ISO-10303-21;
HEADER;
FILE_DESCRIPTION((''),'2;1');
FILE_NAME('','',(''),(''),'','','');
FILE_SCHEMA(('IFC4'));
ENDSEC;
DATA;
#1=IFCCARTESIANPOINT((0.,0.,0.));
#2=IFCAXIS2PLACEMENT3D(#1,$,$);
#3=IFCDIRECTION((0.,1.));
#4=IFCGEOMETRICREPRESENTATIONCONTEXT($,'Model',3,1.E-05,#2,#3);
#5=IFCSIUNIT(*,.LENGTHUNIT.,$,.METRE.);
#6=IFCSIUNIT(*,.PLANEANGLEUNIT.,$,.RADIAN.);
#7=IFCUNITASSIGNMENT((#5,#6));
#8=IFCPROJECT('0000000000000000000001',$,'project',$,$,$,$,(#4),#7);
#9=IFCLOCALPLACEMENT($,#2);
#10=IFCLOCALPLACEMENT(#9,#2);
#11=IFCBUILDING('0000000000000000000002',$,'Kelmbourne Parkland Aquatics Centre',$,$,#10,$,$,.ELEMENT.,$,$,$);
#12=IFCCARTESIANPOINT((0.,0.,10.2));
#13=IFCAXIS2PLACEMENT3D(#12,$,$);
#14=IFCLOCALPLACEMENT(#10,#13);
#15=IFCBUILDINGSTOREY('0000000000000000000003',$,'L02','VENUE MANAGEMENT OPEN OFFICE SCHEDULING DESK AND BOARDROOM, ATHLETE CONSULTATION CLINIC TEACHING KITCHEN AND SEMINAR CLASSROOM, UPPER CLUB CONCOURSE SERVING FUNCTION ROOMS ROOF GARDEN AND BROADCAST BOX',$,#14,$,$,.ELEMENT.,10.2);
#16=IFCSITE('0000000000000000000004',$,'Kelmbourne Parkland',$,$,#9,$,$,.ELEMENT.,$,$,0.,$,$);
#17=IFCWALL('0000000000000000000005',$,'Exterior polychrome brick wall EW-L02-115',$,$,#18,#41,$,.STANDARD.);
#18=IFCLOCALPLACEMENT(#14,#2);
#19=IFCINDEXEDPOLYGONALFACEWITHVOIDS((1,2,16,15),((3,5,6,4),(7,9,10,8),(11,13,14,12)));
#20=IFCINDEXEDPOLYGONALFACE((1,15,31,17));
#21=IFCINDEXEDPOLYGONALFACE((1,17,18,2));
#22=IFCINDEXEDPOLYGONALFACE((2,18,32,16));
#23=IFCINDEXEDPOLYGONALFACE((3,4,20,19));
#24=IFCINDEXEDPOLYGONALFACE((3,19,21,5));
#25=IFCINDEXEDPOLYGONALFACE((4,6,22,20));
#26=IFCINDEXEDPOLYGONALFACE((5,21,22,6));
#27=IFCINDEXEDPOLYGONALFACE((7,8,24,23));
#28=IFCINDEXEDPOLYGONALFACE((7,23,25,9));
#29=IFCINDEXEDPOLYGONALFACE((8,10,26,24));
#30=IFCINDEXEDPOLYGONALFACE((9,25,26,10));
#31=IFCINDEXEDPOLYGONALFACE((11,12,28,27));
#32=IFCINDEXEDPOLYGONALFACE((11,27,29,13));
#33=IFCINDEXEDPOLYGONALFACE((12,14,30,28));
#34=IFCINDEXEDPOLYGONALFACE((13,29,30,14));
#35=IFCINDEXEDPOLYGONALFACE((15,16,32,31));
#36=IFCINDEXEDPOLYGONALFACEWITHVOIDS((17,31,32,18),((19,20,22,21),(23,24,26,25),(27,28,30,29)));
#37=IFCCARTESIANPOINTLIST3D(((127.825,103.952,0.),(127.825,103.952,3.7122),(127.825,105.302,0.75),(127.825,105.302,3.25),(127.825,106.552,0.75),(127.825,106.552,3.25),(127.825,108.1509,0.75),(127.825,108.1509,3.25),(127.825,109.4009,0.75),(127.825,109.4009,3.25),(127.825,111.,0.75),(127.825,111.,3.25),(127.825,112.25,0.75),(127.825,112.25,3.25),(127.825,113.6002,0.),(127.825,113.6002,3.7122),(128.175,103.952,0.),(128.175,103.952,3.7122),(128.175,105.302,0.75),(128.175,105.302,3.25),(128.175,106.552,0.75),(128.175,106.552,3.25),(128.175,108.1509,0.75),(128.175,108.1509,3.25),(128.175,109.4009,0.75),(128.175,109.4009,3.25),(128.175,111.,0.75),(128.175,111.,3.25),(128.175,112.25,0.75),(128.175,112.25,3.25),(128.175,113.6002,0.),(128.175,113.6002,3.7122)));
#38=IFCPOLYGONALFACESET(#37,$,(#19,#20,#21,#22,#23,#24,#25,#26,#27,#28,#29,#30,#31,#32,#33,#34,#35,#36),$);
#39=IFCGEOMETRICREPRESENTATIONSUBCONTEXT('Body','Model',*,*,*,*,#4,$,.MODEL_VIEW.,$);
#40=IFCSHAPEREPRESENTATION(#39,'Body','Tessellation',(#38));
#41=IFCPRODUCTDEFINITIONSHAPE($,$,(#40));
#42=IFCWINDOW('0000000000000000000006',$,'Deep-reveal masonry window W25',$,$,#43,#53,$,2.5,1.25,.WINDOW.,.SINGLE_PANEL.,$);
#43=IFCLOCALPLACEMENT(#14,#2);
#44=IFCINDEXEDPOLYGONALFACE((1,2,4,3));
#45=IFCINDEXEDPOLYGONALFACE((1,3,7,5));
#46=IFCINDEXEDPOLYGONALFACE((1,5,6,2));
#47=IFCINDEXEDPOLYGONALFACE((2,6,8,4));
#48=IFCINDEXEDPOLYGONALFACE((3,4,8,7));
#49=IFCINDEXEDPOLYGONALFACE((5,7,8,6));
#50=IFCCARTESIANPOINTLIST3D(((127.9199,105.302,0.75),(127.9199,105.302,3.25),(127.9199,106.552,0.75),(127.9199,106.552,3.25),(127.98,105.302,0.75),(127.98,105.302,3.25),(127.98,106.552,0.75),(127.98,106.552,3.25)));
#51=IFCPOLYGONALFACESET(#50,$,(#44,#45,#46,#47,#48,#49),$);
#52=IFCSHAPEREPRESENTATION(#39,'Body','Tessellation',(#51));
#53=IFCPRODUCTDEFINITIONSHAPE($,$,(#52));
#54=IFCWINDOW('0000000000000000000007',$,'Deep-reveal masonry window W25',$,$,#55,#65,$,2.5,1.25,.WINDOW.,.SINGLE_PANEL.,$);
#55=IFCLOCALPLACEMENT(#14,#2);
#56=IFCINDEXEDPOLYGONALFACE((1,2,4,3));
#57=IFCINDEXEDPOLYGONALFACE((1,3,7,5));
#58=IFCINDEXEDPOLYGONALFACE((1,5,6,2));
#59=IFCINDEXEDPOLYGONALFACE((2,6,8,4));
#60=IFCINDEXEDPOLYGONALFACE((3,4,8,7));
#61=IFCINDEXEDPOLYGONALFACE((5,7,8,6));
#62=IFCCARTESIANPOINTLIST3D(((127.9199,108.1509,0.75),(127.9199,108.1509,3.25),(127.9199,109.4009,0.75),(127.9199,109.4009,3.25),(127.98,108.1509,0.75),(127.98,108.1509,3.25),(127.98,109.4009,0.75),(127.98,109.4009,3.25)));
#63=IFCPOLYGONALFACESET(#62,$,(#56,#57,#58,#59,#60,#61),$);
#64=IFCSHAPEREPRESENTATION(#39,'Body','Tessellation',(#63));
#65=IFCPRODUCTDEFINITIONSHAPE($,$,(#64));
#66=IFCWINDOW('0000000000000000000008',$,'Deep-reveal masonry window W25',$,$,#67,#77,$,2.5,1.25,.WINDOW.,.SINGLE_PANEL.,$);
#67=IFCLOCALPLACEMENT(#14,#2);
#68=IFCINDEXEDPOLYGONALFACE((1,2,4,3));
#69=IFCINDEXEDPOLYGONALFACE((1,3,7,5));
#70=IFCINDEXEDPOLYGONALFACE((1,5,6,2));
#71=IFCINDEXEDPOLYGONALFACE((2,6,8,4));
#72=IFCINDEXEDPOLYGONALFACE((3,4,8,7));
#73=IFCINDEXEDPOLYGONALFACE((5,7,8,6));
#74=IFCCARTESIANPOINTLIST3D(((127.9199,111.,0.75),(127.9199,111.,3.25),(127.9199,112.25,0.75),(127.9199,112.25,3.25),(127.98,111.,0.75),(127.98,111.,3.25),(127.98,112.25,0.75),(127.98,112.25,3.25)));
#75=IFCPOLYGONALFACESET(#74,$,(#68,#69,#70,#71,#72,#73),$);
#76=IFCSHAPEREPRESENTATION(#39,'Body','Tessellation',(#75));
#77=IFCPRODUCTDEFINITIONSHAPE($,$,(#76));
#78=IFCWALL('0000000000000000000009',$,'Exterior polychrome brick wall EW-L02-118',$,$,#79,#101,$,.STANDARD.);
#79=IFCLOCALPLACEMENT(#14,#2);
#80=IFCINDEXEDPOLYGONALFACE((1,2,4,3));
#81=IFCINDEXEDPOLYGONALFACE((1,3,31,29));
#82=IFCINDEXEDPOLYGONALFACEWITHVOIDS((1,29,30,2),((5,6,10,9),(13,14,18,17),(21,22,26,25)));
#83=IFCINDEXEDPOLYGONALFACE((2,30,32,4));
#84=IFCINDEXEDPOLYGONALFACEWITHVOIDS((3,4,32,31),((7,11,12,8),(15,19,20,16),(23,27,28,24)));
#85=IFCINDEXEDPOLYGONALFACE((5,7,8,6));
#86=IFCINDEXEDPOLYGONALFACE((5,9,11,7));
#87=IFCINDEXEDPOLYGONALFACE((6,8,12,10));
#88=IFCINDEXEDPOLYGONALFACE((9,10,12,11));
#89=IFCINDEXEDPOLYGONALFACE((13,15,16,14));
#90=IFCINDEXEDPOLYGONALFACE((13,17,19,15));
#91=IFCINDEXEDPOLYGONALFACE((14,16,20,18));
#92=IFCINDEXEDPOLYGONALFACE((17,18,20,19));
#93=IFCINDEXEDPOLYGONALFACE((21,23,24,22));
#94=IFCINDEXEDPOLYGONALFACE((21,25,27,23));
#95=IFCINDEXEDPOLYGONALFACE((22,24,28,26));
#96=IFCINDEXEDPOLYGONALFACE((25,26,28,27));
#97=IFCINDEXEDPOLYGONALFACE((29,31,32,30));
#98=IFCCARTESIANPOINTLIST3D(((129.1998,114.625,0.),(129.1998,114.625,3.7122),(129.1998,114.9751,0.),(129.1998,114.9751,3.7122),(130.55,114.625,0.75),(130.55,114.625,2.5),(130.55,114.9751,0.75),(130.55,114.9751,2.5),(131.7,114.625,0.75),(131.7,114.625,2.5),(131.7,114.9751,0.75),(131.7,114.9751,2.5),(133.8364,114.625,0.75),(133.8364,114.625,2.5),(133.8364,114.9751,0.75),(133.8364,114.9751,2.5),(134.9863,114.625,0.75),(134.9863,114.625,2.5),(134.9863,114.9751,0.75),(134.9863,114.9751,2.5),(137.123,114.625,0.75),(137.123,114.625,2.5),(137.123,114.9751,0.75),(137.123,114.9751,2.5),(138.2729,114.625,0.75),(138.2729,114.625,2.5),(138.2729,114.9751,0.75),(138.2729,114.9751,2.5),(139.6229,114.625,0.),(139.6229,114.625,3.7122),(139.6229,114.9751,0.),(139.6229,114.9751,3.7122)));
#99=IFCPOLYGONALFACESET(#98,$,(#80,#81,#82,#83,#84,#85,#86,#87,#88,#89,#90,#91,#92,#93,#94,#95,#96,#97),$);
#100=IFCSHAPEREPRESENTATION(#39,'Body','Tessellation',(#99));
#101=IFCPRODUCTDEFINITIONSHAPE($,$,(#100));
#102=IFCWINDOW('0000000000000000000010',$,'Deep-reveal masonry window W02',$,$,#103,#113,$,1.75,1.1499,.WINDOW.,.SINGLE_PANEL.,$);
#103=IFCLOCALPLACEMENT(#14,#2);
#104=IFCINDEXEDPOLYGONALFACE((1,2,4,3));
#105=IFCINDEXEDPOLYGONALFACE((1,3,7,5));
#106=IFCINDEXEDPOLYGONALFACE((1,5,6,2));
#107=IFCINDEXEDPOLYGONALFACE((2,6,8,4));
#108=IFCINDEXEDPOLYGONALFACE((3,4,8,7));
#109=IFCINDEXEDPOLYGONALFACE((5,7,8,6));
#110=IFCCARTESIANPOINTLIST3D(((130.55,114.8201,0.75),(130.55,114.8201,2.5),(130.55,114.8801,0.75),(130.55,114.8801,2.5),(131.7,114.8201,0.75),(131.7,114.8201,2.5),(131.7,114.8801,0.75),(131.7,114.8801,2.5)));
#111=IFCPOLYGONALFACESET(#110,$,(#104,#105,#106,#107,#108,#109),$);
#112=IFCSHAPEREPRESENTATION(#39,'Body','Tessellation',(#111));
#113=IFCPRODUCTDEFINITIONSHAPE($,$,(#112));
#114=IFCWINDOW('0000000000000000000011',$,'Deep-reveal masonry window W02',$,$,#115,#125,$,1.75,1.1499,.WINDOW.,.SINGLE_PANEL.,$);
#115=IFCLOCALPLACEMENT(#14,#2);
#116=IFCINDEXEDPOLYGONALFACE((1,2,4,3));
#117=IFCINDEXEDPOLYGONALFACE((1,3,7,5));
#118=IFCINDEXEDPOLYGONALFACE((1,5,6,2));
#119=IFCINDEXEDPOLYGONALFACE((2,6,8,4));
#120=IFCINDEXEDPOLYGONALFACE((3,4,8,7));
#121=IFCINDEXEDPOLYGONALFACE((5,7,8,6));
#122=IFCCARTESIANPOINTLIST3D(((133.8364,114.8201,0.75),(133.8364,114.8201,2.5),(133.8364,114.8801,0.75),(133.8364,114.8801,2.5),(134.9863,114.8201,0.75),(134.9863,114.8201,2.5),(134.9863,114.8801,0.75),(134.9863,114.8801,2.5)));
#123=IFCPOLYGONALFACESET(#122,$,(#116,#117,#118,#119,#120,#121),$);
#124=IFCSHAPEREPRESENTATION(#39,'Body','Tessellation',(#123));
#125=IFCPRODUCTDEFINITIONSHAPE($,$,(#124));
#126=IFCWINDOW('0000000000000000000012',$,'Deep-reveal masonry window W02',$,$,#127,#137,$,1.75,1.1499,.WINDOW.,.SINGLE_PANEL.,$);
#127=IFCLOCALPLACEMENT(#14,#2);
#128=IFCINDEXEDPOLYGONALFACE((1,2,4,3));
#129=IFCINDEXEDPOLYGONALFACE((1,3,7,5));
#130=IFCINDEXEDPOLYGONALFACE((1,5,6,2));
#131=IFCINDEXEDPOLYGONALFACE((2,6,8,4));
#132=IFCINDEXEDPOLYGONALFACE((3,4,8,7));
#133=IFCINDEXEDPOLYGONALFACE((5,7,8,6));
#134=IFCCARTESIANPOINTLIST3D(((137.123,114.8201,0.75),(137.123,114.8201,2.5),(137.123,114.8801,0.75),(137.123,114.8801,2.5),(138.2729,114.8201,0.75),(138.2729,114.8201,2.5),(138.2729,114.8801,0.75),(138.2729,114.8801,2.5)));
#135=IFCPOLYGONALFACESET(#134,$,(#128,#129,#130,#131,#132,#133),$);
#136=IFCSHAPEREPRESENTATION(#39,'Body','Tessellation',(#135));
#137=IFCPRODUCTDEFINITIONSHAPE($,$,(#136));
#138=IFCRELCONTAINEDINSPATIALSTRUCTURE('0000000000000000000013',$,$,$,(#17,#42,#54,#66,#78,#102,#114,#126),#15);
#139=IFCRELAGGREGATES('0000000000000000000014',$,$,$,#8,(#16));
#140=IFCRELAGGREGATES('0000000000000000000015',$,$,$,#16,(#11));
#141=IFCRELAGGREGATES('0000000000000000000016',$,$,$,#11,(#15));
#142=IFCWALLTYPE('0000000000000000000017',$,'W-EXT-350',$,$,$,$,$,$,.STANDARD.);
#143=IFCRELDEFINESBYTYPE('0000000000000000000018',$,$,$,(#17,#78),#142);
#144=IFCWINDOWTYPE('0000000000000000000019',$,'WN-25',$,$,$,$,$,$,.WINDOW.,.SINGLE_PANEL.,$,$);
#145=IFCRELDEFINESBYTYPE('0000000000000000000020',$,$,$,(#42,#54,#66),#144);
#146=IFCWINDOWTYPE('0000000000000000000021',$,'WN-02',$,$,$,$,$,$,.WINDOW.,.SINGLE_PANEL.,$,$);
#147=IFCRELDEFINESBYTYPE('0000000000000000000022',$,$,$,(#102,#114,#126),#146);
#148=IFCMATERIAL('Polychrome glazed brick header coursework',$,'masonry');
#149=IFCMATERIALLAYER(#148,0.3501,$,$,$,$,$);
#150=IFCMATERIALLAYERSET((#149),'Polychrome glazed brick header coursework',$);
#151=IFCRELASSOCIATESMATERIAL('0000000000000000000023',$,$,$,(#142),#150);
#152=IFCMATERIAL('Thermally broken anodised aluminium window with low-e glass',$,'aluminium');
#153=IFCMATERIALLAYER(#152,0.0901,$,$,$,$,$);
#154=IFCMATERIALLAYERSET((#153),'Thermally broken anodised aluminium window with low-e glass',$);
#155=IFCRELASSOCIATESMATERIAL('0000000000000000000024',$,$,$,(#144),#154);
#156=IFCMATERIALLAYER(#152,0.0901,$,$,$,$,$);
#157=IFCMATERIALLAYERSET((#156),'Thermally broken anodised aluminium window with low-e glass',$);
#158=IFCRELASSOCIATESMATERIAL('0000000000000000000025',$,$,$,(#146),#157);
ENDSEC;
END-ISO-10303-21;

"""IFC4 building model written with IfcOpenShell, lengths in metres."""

from ifc_helpers import new_model, si_unit, direction, frame, frame_2d, origin, place, context, subcontext, project, spatial, rectangle, extrude, material, layer, layer_set, type_object, element, fill, save


model = new_model("IFC4")

# Units and contexts
model_context = context("Model", 3, precision=1e-05, world=origin(), true_north=direction((0.0, 1.0)))
body_context = subcontext(model_context, "Body", "Model", "MODEL_VIEW")
ifc_project = project(units=[si_unit("LENGTHUNIT", "METRE"), si_unit("PLANEANGLEUNIT", "RADIAN")], contexts=[model_context])

# Site, building, storey
site_placement = place(None, origin())
site = spatial("IfcSite", under=ifc_project, at=site_placement, Name="Kelmbourne Parkland", CompositionType="ELEMENT", RefElevation=0.0)
building_placement = place(site_placement, origin())
building = spatial("IfcBuilding", under=site, at=building_placement, Name="Kelmbourne Parkland Aquatics Centre", CompositionType="ELEMENT")
storey_placement = place(building_placement, frame((0.0, 0.0, 10.2)))
storey = spatial("IfcBuildingStorey", under=building, at=storey_placement, Name="L02", Description="VENUE MANAGEMENT OPEN OFFICE SCHEDULING DESK AND BOARDROOM, ATHLETE CONSULTATION CLINIC TEACHING KITCHEN AND SEMINAR CLASSROOM, UPPER CLUB CONCOURSE SERVING FUNCTION ROOMS ROOF GARDEN AND BROADCAST BOX", CompositionType="ELEMENT", Elevation=10.2)

# Walls, openings, windows
ifc_material_1 = material(Name="Polychrome glazed brick header coursework", Category="masonry")
ifc_layer_1 = layer(ifc_material_1, 0.3501)
ifc_layer_set_1 = layer_set([ifc_layer_1], Name="Polychrome glazed brick header coursework")
wall_type_1 = type_object("IfcWallType", Name="W-EXT-350", PredefinedType="STANDARD", material=ifc_layer_set_1)
wall_1_placement = place(storey_placement, frame((128.0, 103.9519, 0.0), z_axis=(0.0, 0.0, 1.0), x_axis=(0.0, 1.0, 0.0)))
wall_1 = element("IfcWall", 1, at=wall_1_placement, inside=storey, type_object=wall_type_1, Name="Exterior polychrome brick wall EW-L02-115", PredefinedType="STANDARD", context=body_context, shape_type="SweptSolid", body=[
    extrude(rectangle(XDim=9.6482, YDim=0.3501, at=frame_2d((4.8242, 0.0))), origin(), (0.0, 0.0, 1.0), 3.7122),
])
opening_1_placement = place(wall_1_placement, frame((1.3501, 0.0, 0.75)))
opening_1 = element("IfcOpeningElement", 2, at=opening_1_placement, cuts=wall_1, PredefinedType="OPENING", context=body_context, shape_type="SweptSolid", body=[
    extrude(rectangle(XDim=1.25, YDim=2.5, at=frame_2d((0.625, 1.25))), frame((0.0, 0.187, 0.0), z_axis=(0.0, -1.0, 0.0), x_axis=(1.0, 0.0, 0.0)), (0.0, 0.0, 1.0), 0.374),
])
opening_2_placement = place(wall_1_placement, frame((4.199, 0.0, 0.75)))
opening_2 = element("IfcOpeningElement", 3, at=opening_2_placement, cuts=wall_1, PredefinedType="OPENING", context=body_context, shape_type="SweptSolid", body=[
    extrude(rectangle(XDim=1.25, YDim=2.5, at=frame_2d((0.625, 1.25))), frame((0.0, 0.187, 0.0), z_axis=(0.0, -1.0, 0.0), x_axis=(1.0, 0.0, 0.0)), (0.0, 0.0, 1.0), 0.374),
])
opening_3_placement = place(wall_1_placement, frame((7.0481, 0.0, 0.75)))
opening_3 = element("IfcOpeningElement", 4, at=opening_3_placement, cuts=wall_1, PredefinedType="OPENING", context=body_context, shape_type="SweptSolid", body=[
    extrude(rectangle(XDim=1.25, YDim=2.5, at=frame_2d((0.625, 1.25))), frame((0.0, 0.187, 0.0), z_axis=(0.0, -1.0, 0.0), x_axis=(1.0, 0.0, 0.0)), (0.0, 0.0, 1.0), 0.374),
])
ifc_material_2 = material(Name="Thermally broken anodised aluminium window with low-e glass", Category="aluminium")
ifc_layer_2 = layer(ifc_material_2, 0.0901)
ifc_layer_set_2 = layer_set([ifc_layer_2], Name="Thermally broken anodised aluminium window with low-e glass")
window_type_1 = type_object("IfcWindowType", Name="WN-25", PartitioningType="SINGLE_PANEL", PredefinedType="WINDOW", material=ifc_layer_set_2)
window_1_placement = place(opening_1_placement, origin())
window_1 = element("IfcWindow", 5, at=window_1_placement, inside=storey, type_object=window_type_1, Name="Deep-reveal masonry window W25", OverallHeight=2.5, OverallWidth=1.25, PartitioningType="SINGLE_PANEL", PredefinedType="WINDOW", context=body_context, shape_type="SweptSolid", body=[
    extrude(rectangle(XDim=1.25, YDim=2.5, at=frame_2d((0.625, 1.25))), frame((0.0, 0.0801, 0.0), z_axis=(0.0, -1.0, 0.0), x_axis=(1.0, 0.0, 0.0)), (0.0, 0.0, 1.0), 0.0601),
])
fill(opening_1, window_1)
window_2_placement = place(opening_2_placement, origin())
window_2 = element("IfcWindow", 6, at=window_2_placement, inside=storey, type_object=window_type_1, Name="Deep-reveal masonry window W25", OverallHeight=2.5, OverallWidth=1.25, PartitioningType="SINGLE_PANEL", PredefinedType="WINDOW", context=body_context, shape_type="SweptSolid", body=[
    extrude(rectangle(XDim=1.25, YDim=2.5, at=frame_2d((0.625, 1.25))), frame((0.0, 0.0801, 0.0), z_axis=(0.0, -1.0, 0.0), x_axis=(1.0, 0.0, 0.0)), (0.0, 0.0, 1.0), 0.0601),
])
fill(opening_2, window_2)
window_3_placement = place(opening_3_placement, origin())
window_3 = element("IfcWindow", 7, at=window_3_placement, inside=storey, type_object=window_type_1, Name="Deep-reveal masonry window W25", OverallHeight=2.5, OverallWidth=1.25, PartitioningType="SINGLE_PANEL", PredefinedType="WINDOW", context=body_context, shape_type="SweptSolid", body=[
    extrude(rectangle(XDim=1.25, YDim=2.5, at=frame_2d((0.625, 1.25))), frame((0.0, 0.0801, 0.0), z_axis=(0.0, -1.0, 0.0), x_axis=(1.0, 0.0, 0.0)), (0.0, 0.0, 1.0), 0.0601),
])
fill(opening_3, window_3)
wall_2_placement = place(storey_placement, frame((129.2, 114.8, 0.0), z_axis=(0.0, 0.0, 1.0), x_axis=(1.0, 0.0, 0.0)))
wall_2 = element("IfcWall", 8, at=wall_2_placement, inside=storey, type_object=wall_type_1, Name="Exterior polychrome brick wall EW-L02-118", PredefinedType="STANDARD", context=body_context, shape_type="SweptSolid", body=[
    extrude(rectangle(XDim=10.4231, YDim=0.3501, at=frame_2d((5.2114, 0.0))), origin(), (0.0, 0.0, 1.0), 3.7122),
])
opening_4_placement = place(wall_2_placement, frame((1.3501, 0.0, 0.75)))
opening_4 = element("IfcOpeningElement", 9, at=opening_4_placement, cuts=wall_2, PredefinedType="OPENING", context=body_context, shape_type="SweptSolid", body=[
    extrude(rectangle(XDim=1.1499, YDim=1.75, at=frame_2d((0.575, 0.875))), frame((0.0, 0.187, 0.0), z_axis=(0.0, -1.0, 0.0), x_axis=(1.0, 0.0, 0.0)), (0.0, 0.0, 1.0), 0.374),
])
opening_5_placement = place(wall_2_placement, frame((4.6365, 0.0, 0.75)))
opening_5 = element("IfcOpeningElement", 10, at=opening_5_placement, cuts=wall_2, PredefinedType="OPENING", context=body_context, shape_type="SweptSolid", body=[
    extrude(rectangle(XDim=1.1499, YDim=1.75, at=frame_2d((0.575, 0.875))), frame((0.0, 0.187, 0.0), z_axis=(0.0, -1.0, 0.0), x_axis=(1.0, 0.0, 0.0)), (0.0, 0.0, 1.0), 0.374),
])
opening_6_placement = place(wall_2_placement, frame((7.9231, 0.0, 0.75)))
opening_6 = element("IfcOpeningElement", 11, at=opening_6_placement, cuts=wall_2, PredefinedType="OPENING", context=body_context, shape_type="SweptSolid", body=[
    extrude(rectangle(XDim=1.1499, YDim=1.75, at=frame_2d((0.575, 0.875))), frame((0.0, 0.187, 0.0), z_axis=(0.0, -1.0, 0.0), x_axis=(1.0, 0.0, 0.0)), (0.0, 0.0, 1.0), 0.374),
])
ifc_layer_3 = layer(ifc_material_2, 0.0901)
ifc_layer_set_3 = layer_set([ifc_layer_3], Name="Thermally broken anodised aluminium window with low-e glass")
window_type_2 = type_object("IfcWindowType", Name="WN-02", PartitioningType="SINGLE_PANEL", PredefinedType="WINDOW", material=ifc_layer_set_3)
window_4_placement = place(opening_4_placement, origin())
window_4 = element("IfcWindow", 12, at=window_4_placement, inside=storey, type_object=window_type_2, Name="Deep-reveal masonry window W02", OverallHeight=1.75, OverallWidth=1.1499, PartitioningType="SINGLE_PANEL", PredefinedType="WINDOW", context=body_context, shape_type="SweptSolid", body=[
    extrude(rectangle(XDim=1.1499, YDim=1.75, at=frame_2d((0.575, 0.875))), frame((0.0, 0.0801, 0.0), z_axis=(0.0, -1.0, 0.0), x_axis=(1.0, 0.0, 0.0)), (0.0, 0.0, 1.0), 0.0601),
])
fill(opening_4, window_4)
window_5_placement = place(opening_5_placement, origin())
window_5 = element("IfcWindow", 13, at=window_5_placement, inside=storey, type_object=window_type_2, Name="Deep-reveal masonry window W02", OverallHeight=1.75, OverallWidth=1.1499, PartitioningType="SINGLE_PANEL", PredefinedType="WINDOW", context=body_context, shape_type="SweptSolid", body=[
    extrude(rectangle(XDim=1.1499, YDim=1.75, at=frame_2d((0.575, 0.875))), frame((0.0, 0.0801, 0.0), z_axis=(0.0, -1.0, 0.0), x_axis=(1.0, 0.0, 0.0)), (0.0, 0.0, 1.0), 0.0601),
])
fill(opening_5, window_5)
window_6_placement = place(opening_6_placement, origin())
window_6 = element("IfcWindow", 14, at=window_6_placement, inside=storey, type_object=window_type_2, Name="Deep-reveal masonry window W02", OverallHeight=1.75, OverallWidth=1.1499, PartitioningType="SINGLE_PANEL", PredefinedType="WINDOW", context=body_context, shape_type="SweptSolid", body=[
    extrude(rectangle(XDim=1.1499, YDim=1.75, at=frame_2d((0.575, 0.875))), frame((0.0, 0.0801, 0.0), z_axis=(0.0, -1.0, 0.0), x_axis=(1.0, 0.0, 0.0)), (0.0, 0.0, 1.0), 0.0601),
])
fill(opening_6, window_6)

save(model, "model.ifc")
